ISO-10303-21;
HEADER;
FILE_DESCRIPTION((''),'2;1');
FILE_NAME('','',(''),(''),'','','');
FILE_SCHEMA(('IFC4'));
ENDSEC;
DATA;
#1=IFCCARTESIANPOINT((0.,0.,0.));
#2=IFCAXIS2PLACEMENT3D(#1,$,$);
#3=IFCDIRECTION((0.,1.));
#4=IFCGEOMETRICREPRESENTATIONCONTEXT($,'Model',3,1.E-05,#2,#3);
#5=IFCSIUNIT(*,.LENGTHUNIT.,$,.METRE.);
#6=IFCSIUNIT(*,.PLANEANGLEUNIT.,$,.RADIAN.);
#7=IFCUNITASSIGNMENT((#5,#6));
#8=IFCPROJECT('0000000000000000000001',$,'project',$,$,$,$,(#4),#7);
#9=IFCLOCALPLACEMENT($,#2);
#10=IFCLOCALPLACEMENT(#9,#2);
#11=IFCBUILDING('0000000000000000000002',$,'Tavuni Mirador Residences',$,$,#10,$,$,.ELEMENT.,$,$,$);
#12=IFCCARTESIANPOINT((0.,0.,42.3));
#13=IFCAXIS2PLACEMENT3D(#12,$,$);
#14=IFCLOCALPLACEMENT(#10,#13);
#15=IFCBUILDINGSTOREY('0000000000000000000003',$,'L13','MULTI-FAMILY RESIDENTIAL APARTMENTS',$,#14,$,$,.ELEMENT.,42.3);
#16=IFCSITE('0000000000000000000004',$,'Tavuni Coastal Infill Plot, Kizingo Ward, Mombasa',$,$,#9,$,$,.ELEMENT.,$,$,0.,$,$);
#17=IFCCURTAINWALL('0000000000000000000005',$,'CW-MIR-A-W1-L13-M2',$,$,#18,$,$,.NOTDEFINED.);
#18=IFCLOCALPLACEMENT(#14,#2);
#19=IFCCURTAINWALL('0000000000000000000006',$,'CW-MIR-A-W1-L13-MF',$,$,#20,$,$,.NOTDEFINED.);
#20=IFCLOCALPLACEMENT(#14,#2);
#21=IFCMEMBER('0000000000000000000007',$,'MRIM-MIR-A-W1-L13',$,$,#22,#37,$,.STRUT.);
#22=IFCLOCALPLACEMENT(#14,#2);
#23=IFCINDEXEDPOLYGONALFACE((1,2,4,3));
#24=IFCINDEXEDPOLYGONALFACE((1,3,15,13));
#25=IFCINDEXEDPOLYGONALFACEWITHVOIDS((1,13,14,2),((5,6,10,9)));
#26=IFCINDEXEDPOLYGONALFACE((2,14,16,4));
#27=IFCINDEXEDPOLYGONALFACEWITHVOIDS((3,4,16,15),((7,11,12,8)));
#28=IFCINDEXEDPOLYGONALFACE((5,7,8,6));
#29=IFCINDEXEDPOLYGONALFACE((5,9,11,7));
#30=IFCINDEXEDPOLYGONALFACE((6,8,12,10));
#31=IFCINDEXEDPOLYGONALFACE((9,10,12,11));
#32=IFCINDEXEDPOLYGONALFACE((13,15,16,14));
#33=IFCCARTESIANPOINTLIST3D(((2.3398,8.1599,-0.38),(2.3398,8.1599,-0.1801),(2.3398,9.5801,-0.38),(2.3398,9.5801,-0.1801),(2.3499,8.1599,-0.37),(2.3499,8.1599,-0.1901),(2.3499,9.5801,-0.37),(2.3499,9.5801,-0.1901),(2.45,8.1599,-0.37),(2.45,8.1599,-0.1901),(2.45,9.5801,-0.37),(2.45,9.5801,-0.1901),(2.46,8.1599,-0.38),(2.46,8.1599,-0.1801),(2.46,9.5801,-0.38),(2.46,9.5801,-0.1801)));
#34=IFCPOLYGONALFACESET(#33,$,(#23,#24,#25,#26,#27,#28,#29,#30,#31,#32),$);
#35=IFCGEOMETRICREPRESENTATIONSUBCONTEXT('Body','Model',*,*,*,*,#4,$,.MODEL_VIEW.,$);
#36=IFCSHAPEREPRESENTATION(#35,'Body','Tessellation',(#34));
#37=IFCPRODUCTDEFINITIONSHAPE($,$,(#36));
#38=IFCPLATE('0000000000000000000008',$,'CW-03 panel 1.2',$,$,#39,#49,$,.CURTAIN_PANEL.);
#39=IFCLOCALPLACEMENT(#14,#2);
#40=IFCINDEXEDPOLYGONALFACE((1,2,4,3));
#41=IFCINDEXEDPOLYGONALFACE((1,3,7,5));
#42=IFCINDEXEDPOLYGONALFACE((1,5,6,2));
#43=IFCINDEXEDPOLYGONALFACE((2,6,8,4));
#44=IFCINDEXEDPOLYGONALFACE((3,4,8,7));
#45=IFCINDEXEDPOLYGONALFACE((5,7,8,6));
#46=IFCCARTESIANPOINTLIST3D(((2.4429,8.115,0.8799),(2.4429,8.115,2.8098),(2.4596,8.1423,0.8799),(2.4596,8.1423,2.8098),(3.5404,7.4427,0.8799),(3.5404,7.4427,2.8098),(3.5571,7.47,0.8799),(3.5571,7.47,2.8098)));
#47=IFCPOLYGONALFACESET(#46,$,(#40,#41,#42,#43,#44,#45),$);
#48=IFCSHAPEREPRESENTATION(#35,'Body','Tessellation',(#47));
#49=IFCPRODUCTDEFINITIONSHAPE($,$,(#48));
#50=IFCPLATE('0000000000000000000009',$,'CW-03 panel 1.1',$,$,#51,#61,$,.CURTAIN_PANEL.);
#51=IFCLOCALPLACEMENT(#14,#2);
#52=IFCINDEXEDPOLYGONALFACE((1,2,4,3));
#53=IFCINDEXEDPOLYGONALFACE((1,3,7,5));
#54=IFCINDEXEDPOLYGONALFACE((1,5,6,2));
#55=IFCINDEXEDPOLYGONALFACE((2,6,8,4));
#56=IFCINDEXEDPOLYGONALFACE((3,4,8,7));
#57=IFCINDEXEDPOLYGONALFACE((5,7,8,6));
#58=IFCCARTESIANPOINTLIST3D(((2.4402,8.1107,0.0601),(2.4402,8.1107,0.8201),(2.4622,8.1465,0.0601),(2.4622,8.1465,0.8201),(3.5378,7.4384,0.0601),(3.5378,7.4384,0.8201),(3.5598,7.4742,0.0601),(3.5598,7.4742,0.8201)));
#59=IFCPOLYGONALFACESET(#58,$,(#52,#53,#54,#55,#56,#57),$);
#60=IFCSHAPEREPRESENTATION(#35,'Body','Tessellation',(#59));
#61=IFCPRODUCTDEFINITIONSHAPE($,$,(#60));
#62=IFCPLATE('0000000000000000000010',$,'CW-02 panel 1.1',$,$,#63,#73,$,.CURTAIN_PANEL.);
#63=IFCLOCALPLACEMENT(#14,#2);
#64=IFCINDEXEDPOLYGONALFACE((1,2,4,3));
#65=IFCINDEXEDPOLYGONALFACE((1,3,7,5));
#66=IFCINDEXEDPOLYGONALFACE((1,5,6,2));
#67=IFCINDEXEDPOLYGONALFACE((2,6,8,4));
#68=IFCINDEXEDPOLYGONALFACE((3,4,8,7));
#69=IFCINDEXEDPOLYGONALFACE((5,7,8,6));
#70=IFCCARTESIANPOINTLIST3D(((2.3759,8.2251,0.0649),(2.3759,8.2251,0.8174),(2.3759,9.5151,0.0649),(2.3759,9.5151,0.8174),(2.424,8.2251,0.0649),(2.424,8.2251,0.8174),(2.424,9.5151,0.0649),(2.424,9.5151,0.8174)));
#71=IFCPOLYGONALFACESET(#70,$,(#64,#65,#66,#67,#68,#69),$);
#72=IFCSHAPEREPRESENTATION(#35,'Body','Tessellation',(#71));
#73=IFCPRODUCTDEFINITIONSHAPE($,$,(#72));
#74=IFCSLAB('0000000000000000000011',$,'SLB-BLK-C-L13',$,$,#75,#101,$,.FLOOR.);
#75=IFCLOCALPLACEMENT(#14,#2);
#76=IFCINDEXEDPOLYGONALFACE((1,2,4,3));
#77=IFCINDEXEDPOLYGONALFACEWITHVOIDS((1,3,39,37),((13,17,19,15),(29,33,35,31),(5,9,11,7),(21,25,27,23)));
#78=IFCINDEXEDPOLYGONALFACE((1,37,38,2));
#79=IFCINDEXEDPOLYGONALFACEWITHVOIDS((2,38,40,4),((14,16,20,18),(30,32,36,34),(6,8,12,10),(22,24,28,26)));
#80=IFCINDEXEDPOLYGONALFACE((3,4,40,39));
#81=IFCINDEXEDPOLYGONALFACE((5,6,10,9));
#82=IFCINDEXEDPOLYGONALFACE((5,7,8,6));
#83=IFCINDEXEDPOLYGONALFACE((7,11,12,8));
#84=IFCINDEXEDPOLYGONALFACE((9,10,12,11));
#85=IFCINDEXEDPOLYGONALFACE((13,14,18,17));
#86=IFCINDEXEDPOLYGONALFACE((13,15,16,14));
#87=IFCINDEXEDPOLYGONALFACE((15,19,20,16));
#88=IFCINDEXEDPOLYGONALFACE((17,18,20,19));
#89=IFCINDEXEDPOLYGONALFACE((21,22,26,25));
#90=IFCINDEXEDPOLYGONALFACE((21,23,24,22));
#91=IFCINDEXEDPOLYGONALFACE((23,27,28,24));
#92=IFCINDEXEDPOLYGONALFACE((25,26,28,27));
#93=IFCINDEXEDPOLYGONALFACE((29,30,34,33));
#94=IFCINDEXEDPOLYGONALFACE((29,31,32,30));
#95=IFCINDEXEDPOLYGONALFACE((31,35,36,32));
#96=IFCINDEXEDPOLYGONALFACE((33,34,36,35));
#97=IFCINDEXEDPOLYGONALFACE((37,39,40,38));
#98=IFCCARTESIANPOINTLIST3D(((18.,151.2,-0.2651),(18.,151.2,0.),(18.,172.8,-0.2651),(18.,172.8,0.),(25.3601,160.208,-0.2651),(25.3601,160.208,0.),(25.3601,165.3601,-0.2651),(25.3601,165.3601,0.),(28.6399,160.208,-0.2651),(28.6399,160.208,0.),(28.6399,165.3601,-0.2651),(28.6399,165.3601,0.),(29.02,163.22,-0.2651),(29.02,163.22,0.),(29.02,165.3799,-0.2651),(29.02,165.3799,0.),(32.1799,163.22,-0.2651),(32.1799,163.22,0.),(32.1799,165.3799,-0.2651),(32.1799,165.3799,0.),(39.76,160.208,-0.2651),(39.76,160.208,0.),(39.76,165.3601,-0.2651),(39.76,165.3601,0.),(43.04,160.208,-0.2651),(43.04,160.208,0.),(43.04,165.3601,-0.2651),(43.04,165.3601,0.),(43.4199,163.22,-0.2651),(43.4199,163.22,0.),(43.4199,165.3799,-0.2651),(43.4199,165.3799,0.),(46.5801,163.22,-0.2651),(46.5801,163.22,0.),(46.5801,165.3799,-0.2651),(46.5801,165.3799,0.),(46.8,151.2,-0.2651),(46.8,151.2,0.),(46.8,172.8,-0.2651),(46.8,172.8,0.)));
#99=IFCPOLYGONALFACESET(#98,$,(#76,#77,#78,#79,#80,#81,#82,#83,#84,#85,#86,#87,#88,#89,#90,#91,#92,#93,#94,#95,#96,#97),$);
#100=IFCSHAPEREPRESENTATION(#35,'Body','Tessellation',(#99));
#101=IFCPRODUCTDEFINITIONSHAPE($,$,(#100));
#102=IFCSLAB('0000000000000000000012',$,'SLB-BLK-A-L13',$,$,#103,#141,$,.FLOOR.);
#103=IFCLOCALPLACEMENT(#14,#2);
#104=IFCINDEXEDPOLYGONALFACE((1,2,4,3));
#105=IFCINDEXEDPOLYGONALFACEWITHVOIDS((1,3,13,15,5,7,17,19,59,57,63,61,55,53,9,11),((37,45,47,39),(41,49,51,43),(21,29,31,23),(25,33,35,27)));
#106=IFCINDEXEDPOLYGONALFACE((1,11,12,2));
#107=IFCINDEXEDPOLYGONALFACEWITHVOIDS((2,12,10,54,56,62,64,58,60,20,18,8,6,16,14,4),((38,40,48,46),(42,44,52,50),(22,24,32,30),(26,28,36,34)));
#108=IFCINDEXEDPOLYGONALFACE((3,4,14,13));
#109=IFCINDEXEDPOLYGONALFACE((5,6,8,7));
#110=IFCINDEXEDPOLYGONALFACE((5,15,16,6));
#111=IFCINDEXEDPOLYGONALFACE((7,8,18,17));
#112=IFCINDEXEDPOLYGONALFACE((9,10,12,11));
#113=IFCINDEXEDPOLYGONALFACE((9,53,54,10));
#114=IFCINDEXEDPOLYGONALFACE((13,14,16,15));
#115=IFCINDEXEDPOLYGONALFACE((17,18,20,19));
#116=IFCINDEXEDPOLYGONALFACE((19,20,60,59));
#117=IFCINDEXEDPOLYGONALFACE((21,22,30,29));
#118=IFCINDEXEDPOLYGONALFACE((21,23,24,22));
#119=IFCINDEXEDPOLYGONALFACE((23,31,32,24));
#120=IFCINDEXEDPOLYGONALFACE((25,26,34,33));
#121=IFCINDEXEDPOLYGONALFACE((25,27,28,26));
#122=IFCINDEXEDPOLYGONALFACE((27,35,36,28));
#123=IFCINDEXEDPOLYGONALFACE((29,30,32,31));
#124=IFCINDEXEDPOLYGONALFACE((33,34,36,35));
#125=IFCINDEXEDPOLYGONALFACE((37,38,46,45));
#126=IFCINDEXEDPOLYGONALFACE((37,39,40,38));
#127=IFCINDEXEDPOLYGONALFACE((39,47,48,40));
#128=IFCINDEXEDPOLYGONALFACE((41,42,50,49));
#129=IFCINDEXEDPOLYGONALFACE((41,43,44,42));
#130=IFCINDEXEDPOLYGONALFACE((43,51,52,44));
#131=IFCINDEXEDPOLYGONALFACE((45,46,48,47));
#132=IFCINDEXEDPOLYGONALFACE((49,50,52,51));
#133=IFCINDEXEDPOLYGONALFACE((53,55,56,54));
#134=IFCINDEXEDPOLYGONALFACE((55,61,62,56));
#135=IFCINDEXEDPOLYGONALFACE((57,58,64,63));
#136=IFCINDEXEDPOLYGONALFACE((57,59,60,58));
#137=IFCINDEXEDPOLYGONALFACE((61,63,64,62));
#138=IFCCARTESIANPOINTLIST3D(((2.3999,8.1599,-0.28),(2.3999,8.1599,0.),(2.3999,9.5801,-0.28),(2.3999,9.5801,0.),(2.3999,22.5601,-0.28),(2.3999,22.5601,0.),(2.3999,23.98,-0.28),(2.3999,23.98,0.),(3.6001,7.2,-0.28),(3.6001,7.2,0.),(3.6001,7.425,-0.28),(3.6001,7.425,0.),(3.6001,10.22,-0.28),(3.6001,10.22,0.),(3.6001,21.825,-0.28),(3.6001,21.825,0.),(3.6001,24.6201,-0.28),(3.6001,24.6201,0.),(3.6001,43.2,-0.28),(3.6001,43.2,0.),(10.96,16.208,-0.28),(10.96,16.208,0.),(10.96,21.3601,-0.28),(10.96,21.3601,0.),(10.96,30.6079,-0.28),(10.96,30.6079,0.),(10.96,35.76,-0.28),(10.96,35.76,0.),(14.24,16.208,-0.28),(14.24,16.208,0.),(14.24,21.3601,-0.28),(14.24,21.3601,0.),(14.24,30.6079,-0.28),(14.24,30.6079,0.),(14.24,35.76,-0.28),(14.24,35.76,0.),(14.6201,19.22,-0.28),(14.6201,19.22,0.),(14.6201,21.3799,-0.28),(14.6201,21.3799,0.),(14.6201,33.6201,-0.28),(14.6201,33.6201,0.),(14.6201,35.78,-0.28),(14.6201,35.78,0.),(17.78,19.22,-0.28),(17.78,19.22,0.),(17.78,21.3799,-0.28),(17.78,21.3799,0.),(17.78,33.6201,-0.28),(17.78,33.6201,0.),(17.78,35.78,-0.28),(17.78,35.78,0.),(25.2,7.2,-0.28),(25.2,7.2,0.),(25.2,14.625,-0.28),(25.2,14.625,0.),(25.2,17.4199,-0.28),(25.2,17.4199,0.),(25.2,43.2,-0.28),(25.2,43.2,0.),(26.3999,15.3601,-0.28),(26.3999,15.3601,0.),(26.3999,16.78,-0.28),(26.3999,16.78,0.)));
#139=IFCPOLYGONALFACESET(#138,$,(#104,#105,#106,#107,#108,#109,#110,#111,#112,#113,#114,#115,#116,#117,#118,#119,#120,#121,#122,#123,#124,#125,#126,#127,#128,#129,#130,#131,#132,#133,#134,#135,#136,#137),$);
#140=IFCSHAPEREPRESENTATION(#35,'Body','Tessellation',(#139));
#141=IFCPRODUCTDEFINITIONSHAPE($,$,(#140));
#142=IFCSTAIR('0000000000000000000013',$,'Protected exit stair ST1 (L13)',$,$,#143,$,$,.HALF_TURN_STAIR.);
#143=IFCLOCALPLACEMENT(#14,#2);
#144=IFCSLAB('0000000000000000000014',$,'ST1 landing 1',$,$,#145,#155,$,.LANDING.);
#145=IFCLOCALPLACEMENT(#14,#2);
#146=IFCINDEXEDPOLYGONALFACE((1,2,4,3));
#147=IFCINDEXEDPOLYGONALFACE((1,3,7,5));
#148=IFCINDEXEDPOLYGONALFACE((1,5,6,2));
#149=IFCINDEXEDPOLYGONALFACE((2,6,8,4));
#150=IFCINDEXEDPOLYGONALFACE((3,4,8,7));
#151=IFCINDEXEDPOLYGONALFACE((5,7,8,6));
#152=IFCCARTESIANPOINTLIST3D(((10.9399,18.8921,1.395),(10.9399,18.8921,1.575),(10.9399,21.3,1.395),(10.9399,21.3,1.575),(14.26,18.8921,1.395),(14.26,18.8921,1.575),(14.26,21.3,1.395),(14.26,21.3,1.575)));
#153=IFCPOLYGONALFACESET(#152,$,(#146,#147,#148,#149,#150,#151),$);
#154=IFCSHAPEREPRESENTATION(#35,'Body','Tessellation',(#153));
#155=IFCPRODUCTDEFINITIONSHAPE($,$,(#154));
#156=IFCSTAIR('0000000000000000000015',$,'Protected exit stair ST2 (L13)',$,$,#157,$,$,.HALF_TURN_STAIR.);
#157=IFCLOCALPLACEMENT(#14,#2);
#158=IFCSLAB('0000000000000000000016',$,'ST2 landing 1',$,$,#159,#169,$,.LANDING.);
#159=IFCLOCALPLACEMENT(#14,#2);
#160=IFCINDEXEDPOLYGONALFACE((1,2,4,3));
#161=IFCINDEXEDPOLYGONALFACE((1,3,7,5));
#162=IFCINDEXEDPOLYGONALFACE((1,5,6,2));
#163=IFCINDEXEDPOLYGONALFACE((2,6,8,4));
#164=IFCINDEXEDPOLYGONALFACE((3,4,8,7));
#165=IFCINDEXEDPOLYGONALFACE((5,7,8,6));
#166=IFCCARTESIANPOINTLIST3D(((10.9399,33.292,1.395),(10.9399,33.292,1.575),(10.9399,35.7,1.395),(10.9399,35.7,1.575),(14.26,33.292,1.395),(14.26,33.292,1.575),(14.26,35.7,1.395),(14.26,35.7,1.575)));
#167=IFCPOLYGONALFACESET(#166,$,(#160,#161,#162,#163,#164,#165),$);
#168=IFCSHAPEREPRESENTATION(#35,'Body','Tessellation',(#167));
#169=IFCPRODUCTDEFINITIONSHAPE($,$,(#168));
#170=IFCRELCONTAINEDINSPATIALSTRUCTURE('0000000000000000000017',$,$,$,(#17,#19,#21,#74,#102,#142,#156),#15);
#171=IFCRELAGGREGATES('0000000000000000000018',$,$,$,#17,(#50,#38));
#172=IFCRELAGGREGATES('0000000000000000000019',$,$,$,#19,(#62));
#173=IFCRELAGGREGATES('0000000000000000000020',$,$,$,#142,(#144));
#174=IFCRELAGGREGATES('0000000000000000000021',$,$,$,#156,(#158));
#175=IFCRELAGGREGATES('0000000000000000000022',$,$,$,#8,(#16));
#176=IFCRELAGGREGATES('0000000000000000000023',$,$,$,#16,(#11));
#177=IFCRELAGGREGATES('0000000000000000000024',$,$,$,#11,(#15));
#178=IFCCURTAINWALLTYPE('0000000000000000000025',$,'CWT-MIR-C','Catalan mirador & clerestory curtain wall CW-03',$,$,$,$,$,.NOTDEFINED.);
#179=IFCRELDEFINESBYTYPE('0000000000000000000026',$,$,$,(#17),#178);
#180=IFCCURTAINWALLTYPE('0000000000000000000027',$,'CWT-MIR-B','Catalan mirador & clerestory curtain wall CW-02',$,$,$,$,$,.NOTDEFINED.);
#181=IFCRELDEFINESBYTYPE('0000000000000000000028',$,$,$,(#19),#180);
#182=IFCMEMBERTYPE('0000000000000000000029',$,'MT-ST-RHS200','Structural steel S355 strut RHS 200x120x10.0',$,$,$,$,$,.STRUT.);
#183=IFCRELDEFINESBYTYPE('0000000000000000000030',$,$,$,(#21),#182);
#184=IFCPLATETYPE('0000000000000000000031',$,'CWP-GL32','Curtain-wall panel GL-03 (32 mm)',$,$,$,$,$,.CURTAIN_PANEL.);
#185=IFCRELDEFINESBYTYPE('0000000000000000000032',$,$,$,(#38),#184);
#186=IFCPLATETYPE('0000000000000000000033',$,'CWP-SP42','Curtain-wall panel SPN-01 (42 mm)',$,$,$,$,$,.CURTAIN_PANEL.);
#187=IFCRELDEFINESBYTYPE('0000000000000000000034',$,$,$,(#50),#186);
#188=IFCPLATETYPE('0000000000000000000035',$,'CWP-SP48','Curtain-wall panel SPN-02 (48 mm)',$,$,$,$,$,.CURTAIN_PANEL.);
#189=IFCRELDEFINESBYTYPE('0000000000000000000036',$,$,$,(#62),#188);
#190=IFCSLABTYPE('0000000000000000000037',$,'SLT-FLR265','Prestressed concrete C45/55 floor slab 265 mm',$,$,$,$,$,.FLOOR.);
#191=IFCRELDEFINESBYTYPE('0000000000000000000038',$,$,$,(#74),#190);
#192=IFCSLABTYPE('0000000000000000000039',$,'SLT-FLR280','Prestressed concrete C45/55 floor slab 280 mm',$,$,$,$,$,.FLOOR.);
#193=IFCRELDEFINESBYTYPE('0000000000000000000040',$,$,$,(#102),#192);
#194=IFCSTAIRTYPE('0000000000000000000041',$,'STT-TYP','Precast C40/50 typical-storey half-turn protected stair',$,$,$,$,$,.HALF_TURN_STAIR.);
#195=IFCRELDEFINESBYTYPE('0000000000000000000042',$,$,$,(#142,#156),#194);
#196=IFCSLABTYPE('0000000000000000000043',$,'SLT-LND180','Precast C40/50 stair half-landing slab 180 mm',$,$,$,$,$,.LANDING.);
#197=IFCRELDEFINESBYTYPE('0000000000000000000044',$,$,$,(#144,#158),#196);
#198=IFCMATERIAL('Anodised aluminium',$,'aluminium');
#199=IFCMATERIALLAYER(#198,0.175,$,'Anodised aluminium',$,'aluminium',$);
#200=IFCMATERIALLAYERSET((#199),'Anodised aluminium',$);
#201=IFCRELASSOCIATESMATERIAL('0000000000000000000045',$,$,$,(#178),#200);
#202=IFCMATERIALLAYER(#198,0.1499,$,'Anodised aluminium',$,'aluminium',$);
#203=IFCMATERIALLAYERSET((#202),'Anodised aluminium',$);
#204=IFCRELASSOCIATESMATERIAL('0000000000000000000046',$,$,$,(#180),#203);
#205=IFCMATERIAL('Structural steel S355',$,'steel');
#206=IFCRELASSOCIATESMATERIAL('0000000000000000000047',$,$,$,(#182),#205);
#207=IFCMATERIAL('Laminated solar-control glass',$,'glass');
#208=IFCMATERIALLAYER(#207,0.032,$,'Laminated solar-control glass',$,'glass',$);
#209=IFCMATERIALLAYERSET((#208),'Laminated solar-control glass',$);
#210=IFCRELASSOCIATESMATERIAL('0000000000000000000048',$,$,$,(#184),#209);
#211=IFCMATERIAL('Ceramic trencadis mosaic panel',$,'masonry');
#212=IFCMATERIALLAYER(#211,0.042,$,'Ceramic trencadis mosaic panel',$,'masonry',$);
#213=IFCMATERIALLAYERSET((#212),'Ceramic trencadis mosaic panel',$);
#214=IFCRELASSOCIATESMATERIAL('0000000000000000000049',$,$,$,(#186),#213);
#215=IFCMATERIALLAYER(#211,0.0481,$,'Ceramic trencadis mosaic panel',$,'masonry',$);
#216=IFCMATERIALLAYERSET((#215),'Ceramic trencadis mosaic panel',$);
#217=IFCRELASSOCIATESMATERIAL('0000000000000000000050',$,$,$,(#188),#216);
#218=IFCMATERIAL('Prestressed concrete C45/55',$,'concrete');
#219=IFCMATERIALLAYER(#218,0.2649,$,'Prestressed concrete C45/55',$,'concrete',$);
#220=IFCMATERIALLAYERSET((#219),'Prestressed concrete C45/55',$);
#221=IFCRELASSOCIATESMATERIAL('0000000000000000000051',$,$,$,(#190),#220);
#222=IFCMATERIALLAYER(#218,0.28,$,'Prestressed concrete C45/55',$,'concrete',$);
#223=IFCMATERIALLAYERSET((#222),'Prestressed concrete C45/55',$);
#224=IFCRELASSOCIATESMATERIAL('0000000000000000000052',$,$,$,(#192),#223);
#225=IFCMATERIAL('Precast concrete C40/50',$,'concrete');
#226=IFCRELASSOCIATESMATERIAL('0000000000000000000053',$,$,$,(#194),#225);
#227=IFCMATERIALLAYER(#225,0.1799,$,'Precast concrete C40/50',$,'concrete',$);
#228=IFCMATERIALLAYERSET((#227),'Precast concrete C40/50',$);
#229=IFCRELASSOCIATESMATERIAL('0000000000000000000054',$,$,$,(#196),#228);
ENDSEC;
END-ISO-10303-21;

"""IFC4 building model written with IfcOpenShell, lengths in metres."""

from ifc_helpers import new_model, si_unit, direction, frame, origin, origin_2d, place, context, subcontext, project, spatial, polyline, rectangle, hollow_rectangle, outline, extrude, material, layer, layer_set, material_profile, profile_set, type_object, element, aggregate, save


model = new_model("IFC4")

# Units and contexts
model_context = context("Model", 3, precision=1e-05, world=origin(), true_north=direction((0.0, 1.0)))
body_context = subcontext(model_context, "Body", "Model", "MODEL_VIEW")
ifc_project = project(units=[si_unit("LENGTHUNIT", "METRE"), si_unit("PLANEANGLEUNIT", "RADIAN")], contexts=[model_context])

# Site, building, storey
site_placement = place(None, origin())
site = spatial("IfcSite", under=ifc_project, at=site_placement, Name="Tavuni Coastal Infill Plot, Kizingo Ward, Mombasa", CompositionType="ELEMENT", RefElevation=0.0)
building_placement = place(site_placement, origin())
building = spatial("IfcBuilding", under=site, at=building_placement, Name="Tavuni Mirador Residences", CompositionType="ELEMENT")
storey_placement = place(building_placement, frame((0.0, 0.0, 42.3)))
storey = spatial("IfcBuildingStorey", under=building, at=storey_placement, Name="L13", Description="MULTI-FAMILY RESIDENTIAL APARTMENTS", CompositionType="ELEMENT", Elevation=42.3)

# Shared definitions
ifc_material_1 = material(Name="Precast concrete C40/50", Category="concrete")

# Curtain wall
ifc_material_2 = material(Name="Anodised aluminium", Category="aluminium")
ifc_layer_1 = layer(ifc_material_2, 0.175, Name="Anodised aluminium", Category="aluminium")
ifc_layer_set_1 = layer_set([ifc_layer_1], Name="Anodised aluminium")
curtain_wall_type_1 = type_object("IfcCurtainWallType", Name="CWT-MIR-C", Description="Catalan mirador & clerestory curtain wall CW-03", PredefinedType="NOTDEFINED", material=ifc_layer_set_1)
curtain_wall_1_placement = place(storey_placement, origin())
curtain_wall_1 = element("IfcCurtainWall", 1, at=curtain_wall_1_placement, inside=storey, type_object=curtain_wall_type_1, Name="CW-MIR-A-W1-L13-M2", PredefinedType="NOTDEFINED")

# Curtain wall
ifc_layer_2 = layer(ifc_material_2, 0.1499, Name="Anodised aluminium", Category="aluminium")
ifc_layer_set_2 = layer_set([ifc_layer_2], Name="Anodised aluminium")
curtain_wall_type_2 = type_object("IfcCurtainWallType", Name="CWT-MIR-B", Description="Catalan mirador & clerestory curtain wall CW-02", PredefinedType="NOTDEFINED", material=ifc_layer_set_2)
curtain_wall_2_placement = place(storey_placement, origin())
curtain_wall_2 = element("IfcCurtainWall", 2, at=curtain_wall_2_placement, inside=storey, type_object=curtain_wall_type_2, Name="CW-MIR-A-W1-L13-MF", PredefinedType="NOTDEFINED")

# Member
ifc_material_3 = material(Name="Structural steel S355", Category="steel")
ifc_material_profile_1 = material_profile(ifc_material_3, hollow_rectangle(XDim=0.1201, YDim=0.2, WallThickness=0.01, at=origin_2d()), Name="RHS 200x120x10.0", Category="steel")
ifc_profile_set_1 = profile_set([ifc_material_profile_1], Name="Structural steel S355")
member_type_1 = type_object("IfcMemberType", Name="MT-ST-RHS200", Description="Structural steel S355 strut RHS 200x120x10.0", PredefinedType="STRUT", material=ifc_profile_set_1)
member_1_placement = place(storey_placement, frame((2.3999, 8.1599, -0.28), z_axis=(0.0, 1.0, 0.0), x_axis=(-1.0, 0.0, 0.0)))
element("IfcMember", 3, at=member_1_placement, inside=storey, type_object=member_type_1, Name="MRIM-MIR-A-W1-L13", PredefinedType="STRUT", context=body_context, shape_type="SweptSolid", body=[
    extrude(hollow_rectangle(XDim=0.1201, YDim=0.2, WallThickness=0.01, at=origin_2d()), origin(), (0.0, 0.0, 1.0), 1.4202),
])

# Plates
ifc_material_4 = material(Name="Laminated solar-control glass", Category="glass")
ifc_layer_3 = layer(ifc_material_4, 0.032, Name="Laminated solar-control glass", Category="glass")
ifc_layer_set_3 = layer_set([ifc_layer_3], Name="Laminated solar-control glass")
plate_type_1 = type_object("IfcPlateType", Name="CWP-GL32", Description="Curtain-wall panel GL-03 (32 mm)", PredefinedType="CURTAIN_PANEL", material=ifc_layer_set_3)
plate_1_placement = place(storey_placement, frame((3.0, 7.7925, 0.8799), z_axis=(0.0, 0.0, 1.0), x_axis=(0.852754, -0.522312, 0.0)))
plate_1 = element("IfcPlate", 4, at=plate_1_placement, type_object=plate_type_1, Name="CW-03 panel 1.2", PredefinedType="CURTAIN_PANEL", context=body_context, shape_type="SweptSolid", body=[
    extrude(rectangle(XDim=1.2871, YDim=0.032, at=origin_2d()), origin(), (0.0, 0.0, 1.0), 1.9299),
])
ifc_material_5 = material(Name="Ceramic trencadis mosaic panel", Category="masonry")
ifc_layer_4 = layer(ifc_material_5, 0.042, Name="Ceramic trencadis mosaic panel", Category="masonry")
ifc_layer_set_4 = layer_set([ifc_layer_4], Name="Ceramic trencadis mosaic panel")
plate_type_2 = type_object("IfcPlateType", Name="CWP-SP42", Description="Curtain-wall panel SPN-01 (42 mm)", PredefinedType="CURTAIN_PANEL", material=ifc_layer_set_4)
plate_2_placement = place(storey_placement, frame((3.0, 7.7925, 0.0601), z_axis=(0.0, 0.0, 1.0), x_axis=(0.852754, -0.522312, 0.0)))
plate_2 = element("IfcPlate", 5, at=plate_2_placement, type_object=plate_type_2, Name="CW-03 panel 1.1", PredefinedType="CURTAIN_PANEL", context=body_context, shape_type="SweptSolid", body=[
    extrude(rectangle(XDim=1.2871, YDim=0.042, at=origin_2d()), origin(), (0.0, 0.0, 1.0), 0.76),
])
aggregate(curtain_wall_1, [plate_2, plate_1])
ifc_layer_5 = layer(ifc_material_5, 0.0481, Name="Ceramic trencadis mosaic panel", Category="masonry")
ifc_layer_set_5 = layer_set([ifc_layer_5], Name="Ceramic trencadis mosaic panel")
plate_type_3 = type_object("IfcPlateType", Name="CWP-SP48", Description="Curtain-wall panel SPN-02 (48 mm)", PredefinedType="CURTAIN_PANEL", material=ifc_layer_set_5)
plate_3_placement = place(storey_placement, frame((2.3999, 8.8701, 0.0649), z_axis=(0.0, 0.0, 1.0), x_axis=(0.0, -1.0, 0.0)))
plate_3 = element("IfcPlate", 6, at=plate_3_placement, type_object=plate_type_3, Name="CW-02 panel 1.1", PredefinedType="CURTAIN_PANEL", context=body_context, shape_type="SweptSolid", body=[
    extrude(rectangle(XDim=1.29, YDim=0.0481, at=origin_2d()), origin(), (0.0, 0.0, 1.0), 0.7524),
])
aggregate(curtain_wall_2, [plate_3])

# Slabs
ifc_material_6 = material(Name="Prestressed concrete C45/55", Category="concrete")
ifc_layer_6 = layer(ifc_material_6, 0.2649, Name="Prestressed concrete C45/55", Category="concrete")
ifc_layer_set_6 = layer_set([ifc_layer_6], Name="Prestressed concrete C45/55")
slab_type_1 = type_object("IfcSlabType", Name="SLT-FLR265", Description="Prestressed concrete C45/55 floor slab 265 mm", PredefinedType="FLOOR", material=ifc_layer_set_6)
slab_1_placement = place(storey_placement, frame((0.0, 0.0, -0.2651)))
element("IfcSlab", 7, at=slab_1_placement, inside=storey, type_object=slab_type_1, Name="SLB-BLK-C-L13", PredefinedType="FLOOR", context=body_context, shape_type="SweptSolid", body=[
    extrude(outline(polyline([(18.0, 151.2), (46.8, 151.2), (46.8, 172.8), (18.0, 172.8), (18.0, 151.2)]), holes=[polyline([(25.3601, 160.208), (28.6399, 160.208), (28.6399, 165.3601), (25.3601, 165.3601), (25.3601, 160.208)]), polyline([(29.02, 163.22), (32.1799, 163.22), (32.1799, 165.3799), (29.02, 165.3799), (29.02, 163.22)]), polyline([(39.76, 160.208), (43.04, 160.208), (43.04, 165.3601), (39.76, 165.3601), (39.76, 160.208)]), polyline([(43.4199, 163.22), (46.5801, 163.22), (46.5801, 165.3799), (43.4199, 165.3799), (43.4199, 163.22)])]), origin(), (0.0, 0.0, 1.0), 0.2651),
])
ifc_layer_7 = layer(ifc_material_6, 0.28, Name="Prestressed concrete C45/55", Category="concrete")
ifc_layer_set_7 = layer_set([ifc_layer_7], Name="Prestressed concrete C45/55")
slab_type_2 = type_object("IfcSlabType", Name="SLT-FLR280", Description="Prestressed concrete C45/55 floor slab 280 mm", PredefinedType="FLOOR", material=ifc_layer_set_7)
slab_2_placement = place(storey_placement, frame((0.0, 0.0, -0.28)))
element("IfcSlab", 8, at=slab_2_placement, inside=storey, type_object=slab_type_2, Name="SLB-BLK-A-L13", PredefinedType="FLOOR", context=body_context, shape_type="SweptSolid", body=[
    extrude(outline(polyline([(3.6001, 7.2), (25.2, 7.2), (25.2, 14.625), (26.3999, 15.3601), (26.3999, 16.78), (25.2, 17.4199), (25.2, 43.2), (3.6001, 43.2), (3.6001, 24.6201), (2.3999, 23.98), (2.3999, 22.5601), (3.6001, 21.825), (3.6001, 10.22), (2.3999, 9.5801), (2.3999, 8.1599), (3.6001, 7.425), (3.6001, 7.2)]), holes=[polyline([(10.96, 16.208), (14.24, 16.208), (14.24, 21.3601), (10.96, 21.3601), (10.96, 16.208)]), polyline([(14.6201, 19.22), (17.78, 19.22), (17.78, 21.3799), (14.6201, 21.3799), (14.6201, 19.22)]), polyline([(10.96, 30.6079), (14.24, 30.6079), (14.24, 35.76), (10.96, 35.76), (10.96, 30.6079)]), polyline([(14.6201, 33.6201), (17.78, 33.6201), (17.78, 35.78), (14.6201, 35.78), (14.6201, 33.6201)])]), origin(), (0.0, 0.0, 1.0), 0.28),
])

# Stairs, slabs
stair_type = type_object("IfcStairType", Name="STT-TYP", Description="Precast C40/50 typical-storey half-turn protected stair", PredefinedType="HALF_TURN_STAIR", material=ifc_material_1)
stair_1_placement = place(storey_placement, origin())
stair_1 = element("IfcStair", 9, at=stair_1_placement, inside=storey, type_object=stair_type, Name="Protected exit stair ST1 (L13)", PredefinedType="HALF_TURN_STAIR")
ifc_layer_8 = layer(ifc_material_1, 0.1799, Name="Precast concrete C40/50", Category="concrete")
ifc_layer_set_8 = layer_set([ifc_layer_8], Name="Precast concrete C40/50")
slab_type_3 = type_object("IfcSlabType", Name="SLT-LND180", Description="Precast C40/50 stair half-landing slab 180 mm", PredefinedType="LANDING", material=ifc_layer_set_8)
slab_3_placement = place(storey_placement, frame((0.0, 0.0, 1.395)))
slab_3 = element("IfcSlab", 10, at=slab_3_placement, type_object=slab_type_3, Name="ST1 landing 1", PredefinedType="LANDING", context=body_context, shape_type="SweptSolid", body=[
    extrude(outline(polyline([(10.9399, 18.8921), (14.26, 18.8921), (14.26, 21.3), (10.9399, 21.3), (10.9399, 18.8921)])), origin(), (0.0, 0.0, 1.0), 0.1799),
])
aggregate(stair_1, [slab_3])
stair_2_placement = place(storey_placement, origin())
stair_2 = element("IfcStair", 11, at=stair_2_placement, inside=storey, type_object=stair_type, Name="Protected exit stair ST2 (L13)", PredefinedType="HALF_TURN_STAIR")
slab_4_placement = place(storey_placement, frame((0.0, 0.0, 1.395)))
slab_4 = element("IfcSlab", 12, at=slab_4_placement, type_object=slab_type_3, Name="ST2 landing 1", PredefinedType="LANDING", context=body_context, shape_type="SweptSolid", body=[
    extrude(outline(polyline([(10.9399, 33.292), (14.26, 33.292), (14.26, 35.7), (10.9399, 35.7), (10.9399, 33.292)])), origin(), (0.0, 0.0, 1.0), 0.1799),
])
aggregate(stair_2, [slab_4])

save(model, "model.ifc")
